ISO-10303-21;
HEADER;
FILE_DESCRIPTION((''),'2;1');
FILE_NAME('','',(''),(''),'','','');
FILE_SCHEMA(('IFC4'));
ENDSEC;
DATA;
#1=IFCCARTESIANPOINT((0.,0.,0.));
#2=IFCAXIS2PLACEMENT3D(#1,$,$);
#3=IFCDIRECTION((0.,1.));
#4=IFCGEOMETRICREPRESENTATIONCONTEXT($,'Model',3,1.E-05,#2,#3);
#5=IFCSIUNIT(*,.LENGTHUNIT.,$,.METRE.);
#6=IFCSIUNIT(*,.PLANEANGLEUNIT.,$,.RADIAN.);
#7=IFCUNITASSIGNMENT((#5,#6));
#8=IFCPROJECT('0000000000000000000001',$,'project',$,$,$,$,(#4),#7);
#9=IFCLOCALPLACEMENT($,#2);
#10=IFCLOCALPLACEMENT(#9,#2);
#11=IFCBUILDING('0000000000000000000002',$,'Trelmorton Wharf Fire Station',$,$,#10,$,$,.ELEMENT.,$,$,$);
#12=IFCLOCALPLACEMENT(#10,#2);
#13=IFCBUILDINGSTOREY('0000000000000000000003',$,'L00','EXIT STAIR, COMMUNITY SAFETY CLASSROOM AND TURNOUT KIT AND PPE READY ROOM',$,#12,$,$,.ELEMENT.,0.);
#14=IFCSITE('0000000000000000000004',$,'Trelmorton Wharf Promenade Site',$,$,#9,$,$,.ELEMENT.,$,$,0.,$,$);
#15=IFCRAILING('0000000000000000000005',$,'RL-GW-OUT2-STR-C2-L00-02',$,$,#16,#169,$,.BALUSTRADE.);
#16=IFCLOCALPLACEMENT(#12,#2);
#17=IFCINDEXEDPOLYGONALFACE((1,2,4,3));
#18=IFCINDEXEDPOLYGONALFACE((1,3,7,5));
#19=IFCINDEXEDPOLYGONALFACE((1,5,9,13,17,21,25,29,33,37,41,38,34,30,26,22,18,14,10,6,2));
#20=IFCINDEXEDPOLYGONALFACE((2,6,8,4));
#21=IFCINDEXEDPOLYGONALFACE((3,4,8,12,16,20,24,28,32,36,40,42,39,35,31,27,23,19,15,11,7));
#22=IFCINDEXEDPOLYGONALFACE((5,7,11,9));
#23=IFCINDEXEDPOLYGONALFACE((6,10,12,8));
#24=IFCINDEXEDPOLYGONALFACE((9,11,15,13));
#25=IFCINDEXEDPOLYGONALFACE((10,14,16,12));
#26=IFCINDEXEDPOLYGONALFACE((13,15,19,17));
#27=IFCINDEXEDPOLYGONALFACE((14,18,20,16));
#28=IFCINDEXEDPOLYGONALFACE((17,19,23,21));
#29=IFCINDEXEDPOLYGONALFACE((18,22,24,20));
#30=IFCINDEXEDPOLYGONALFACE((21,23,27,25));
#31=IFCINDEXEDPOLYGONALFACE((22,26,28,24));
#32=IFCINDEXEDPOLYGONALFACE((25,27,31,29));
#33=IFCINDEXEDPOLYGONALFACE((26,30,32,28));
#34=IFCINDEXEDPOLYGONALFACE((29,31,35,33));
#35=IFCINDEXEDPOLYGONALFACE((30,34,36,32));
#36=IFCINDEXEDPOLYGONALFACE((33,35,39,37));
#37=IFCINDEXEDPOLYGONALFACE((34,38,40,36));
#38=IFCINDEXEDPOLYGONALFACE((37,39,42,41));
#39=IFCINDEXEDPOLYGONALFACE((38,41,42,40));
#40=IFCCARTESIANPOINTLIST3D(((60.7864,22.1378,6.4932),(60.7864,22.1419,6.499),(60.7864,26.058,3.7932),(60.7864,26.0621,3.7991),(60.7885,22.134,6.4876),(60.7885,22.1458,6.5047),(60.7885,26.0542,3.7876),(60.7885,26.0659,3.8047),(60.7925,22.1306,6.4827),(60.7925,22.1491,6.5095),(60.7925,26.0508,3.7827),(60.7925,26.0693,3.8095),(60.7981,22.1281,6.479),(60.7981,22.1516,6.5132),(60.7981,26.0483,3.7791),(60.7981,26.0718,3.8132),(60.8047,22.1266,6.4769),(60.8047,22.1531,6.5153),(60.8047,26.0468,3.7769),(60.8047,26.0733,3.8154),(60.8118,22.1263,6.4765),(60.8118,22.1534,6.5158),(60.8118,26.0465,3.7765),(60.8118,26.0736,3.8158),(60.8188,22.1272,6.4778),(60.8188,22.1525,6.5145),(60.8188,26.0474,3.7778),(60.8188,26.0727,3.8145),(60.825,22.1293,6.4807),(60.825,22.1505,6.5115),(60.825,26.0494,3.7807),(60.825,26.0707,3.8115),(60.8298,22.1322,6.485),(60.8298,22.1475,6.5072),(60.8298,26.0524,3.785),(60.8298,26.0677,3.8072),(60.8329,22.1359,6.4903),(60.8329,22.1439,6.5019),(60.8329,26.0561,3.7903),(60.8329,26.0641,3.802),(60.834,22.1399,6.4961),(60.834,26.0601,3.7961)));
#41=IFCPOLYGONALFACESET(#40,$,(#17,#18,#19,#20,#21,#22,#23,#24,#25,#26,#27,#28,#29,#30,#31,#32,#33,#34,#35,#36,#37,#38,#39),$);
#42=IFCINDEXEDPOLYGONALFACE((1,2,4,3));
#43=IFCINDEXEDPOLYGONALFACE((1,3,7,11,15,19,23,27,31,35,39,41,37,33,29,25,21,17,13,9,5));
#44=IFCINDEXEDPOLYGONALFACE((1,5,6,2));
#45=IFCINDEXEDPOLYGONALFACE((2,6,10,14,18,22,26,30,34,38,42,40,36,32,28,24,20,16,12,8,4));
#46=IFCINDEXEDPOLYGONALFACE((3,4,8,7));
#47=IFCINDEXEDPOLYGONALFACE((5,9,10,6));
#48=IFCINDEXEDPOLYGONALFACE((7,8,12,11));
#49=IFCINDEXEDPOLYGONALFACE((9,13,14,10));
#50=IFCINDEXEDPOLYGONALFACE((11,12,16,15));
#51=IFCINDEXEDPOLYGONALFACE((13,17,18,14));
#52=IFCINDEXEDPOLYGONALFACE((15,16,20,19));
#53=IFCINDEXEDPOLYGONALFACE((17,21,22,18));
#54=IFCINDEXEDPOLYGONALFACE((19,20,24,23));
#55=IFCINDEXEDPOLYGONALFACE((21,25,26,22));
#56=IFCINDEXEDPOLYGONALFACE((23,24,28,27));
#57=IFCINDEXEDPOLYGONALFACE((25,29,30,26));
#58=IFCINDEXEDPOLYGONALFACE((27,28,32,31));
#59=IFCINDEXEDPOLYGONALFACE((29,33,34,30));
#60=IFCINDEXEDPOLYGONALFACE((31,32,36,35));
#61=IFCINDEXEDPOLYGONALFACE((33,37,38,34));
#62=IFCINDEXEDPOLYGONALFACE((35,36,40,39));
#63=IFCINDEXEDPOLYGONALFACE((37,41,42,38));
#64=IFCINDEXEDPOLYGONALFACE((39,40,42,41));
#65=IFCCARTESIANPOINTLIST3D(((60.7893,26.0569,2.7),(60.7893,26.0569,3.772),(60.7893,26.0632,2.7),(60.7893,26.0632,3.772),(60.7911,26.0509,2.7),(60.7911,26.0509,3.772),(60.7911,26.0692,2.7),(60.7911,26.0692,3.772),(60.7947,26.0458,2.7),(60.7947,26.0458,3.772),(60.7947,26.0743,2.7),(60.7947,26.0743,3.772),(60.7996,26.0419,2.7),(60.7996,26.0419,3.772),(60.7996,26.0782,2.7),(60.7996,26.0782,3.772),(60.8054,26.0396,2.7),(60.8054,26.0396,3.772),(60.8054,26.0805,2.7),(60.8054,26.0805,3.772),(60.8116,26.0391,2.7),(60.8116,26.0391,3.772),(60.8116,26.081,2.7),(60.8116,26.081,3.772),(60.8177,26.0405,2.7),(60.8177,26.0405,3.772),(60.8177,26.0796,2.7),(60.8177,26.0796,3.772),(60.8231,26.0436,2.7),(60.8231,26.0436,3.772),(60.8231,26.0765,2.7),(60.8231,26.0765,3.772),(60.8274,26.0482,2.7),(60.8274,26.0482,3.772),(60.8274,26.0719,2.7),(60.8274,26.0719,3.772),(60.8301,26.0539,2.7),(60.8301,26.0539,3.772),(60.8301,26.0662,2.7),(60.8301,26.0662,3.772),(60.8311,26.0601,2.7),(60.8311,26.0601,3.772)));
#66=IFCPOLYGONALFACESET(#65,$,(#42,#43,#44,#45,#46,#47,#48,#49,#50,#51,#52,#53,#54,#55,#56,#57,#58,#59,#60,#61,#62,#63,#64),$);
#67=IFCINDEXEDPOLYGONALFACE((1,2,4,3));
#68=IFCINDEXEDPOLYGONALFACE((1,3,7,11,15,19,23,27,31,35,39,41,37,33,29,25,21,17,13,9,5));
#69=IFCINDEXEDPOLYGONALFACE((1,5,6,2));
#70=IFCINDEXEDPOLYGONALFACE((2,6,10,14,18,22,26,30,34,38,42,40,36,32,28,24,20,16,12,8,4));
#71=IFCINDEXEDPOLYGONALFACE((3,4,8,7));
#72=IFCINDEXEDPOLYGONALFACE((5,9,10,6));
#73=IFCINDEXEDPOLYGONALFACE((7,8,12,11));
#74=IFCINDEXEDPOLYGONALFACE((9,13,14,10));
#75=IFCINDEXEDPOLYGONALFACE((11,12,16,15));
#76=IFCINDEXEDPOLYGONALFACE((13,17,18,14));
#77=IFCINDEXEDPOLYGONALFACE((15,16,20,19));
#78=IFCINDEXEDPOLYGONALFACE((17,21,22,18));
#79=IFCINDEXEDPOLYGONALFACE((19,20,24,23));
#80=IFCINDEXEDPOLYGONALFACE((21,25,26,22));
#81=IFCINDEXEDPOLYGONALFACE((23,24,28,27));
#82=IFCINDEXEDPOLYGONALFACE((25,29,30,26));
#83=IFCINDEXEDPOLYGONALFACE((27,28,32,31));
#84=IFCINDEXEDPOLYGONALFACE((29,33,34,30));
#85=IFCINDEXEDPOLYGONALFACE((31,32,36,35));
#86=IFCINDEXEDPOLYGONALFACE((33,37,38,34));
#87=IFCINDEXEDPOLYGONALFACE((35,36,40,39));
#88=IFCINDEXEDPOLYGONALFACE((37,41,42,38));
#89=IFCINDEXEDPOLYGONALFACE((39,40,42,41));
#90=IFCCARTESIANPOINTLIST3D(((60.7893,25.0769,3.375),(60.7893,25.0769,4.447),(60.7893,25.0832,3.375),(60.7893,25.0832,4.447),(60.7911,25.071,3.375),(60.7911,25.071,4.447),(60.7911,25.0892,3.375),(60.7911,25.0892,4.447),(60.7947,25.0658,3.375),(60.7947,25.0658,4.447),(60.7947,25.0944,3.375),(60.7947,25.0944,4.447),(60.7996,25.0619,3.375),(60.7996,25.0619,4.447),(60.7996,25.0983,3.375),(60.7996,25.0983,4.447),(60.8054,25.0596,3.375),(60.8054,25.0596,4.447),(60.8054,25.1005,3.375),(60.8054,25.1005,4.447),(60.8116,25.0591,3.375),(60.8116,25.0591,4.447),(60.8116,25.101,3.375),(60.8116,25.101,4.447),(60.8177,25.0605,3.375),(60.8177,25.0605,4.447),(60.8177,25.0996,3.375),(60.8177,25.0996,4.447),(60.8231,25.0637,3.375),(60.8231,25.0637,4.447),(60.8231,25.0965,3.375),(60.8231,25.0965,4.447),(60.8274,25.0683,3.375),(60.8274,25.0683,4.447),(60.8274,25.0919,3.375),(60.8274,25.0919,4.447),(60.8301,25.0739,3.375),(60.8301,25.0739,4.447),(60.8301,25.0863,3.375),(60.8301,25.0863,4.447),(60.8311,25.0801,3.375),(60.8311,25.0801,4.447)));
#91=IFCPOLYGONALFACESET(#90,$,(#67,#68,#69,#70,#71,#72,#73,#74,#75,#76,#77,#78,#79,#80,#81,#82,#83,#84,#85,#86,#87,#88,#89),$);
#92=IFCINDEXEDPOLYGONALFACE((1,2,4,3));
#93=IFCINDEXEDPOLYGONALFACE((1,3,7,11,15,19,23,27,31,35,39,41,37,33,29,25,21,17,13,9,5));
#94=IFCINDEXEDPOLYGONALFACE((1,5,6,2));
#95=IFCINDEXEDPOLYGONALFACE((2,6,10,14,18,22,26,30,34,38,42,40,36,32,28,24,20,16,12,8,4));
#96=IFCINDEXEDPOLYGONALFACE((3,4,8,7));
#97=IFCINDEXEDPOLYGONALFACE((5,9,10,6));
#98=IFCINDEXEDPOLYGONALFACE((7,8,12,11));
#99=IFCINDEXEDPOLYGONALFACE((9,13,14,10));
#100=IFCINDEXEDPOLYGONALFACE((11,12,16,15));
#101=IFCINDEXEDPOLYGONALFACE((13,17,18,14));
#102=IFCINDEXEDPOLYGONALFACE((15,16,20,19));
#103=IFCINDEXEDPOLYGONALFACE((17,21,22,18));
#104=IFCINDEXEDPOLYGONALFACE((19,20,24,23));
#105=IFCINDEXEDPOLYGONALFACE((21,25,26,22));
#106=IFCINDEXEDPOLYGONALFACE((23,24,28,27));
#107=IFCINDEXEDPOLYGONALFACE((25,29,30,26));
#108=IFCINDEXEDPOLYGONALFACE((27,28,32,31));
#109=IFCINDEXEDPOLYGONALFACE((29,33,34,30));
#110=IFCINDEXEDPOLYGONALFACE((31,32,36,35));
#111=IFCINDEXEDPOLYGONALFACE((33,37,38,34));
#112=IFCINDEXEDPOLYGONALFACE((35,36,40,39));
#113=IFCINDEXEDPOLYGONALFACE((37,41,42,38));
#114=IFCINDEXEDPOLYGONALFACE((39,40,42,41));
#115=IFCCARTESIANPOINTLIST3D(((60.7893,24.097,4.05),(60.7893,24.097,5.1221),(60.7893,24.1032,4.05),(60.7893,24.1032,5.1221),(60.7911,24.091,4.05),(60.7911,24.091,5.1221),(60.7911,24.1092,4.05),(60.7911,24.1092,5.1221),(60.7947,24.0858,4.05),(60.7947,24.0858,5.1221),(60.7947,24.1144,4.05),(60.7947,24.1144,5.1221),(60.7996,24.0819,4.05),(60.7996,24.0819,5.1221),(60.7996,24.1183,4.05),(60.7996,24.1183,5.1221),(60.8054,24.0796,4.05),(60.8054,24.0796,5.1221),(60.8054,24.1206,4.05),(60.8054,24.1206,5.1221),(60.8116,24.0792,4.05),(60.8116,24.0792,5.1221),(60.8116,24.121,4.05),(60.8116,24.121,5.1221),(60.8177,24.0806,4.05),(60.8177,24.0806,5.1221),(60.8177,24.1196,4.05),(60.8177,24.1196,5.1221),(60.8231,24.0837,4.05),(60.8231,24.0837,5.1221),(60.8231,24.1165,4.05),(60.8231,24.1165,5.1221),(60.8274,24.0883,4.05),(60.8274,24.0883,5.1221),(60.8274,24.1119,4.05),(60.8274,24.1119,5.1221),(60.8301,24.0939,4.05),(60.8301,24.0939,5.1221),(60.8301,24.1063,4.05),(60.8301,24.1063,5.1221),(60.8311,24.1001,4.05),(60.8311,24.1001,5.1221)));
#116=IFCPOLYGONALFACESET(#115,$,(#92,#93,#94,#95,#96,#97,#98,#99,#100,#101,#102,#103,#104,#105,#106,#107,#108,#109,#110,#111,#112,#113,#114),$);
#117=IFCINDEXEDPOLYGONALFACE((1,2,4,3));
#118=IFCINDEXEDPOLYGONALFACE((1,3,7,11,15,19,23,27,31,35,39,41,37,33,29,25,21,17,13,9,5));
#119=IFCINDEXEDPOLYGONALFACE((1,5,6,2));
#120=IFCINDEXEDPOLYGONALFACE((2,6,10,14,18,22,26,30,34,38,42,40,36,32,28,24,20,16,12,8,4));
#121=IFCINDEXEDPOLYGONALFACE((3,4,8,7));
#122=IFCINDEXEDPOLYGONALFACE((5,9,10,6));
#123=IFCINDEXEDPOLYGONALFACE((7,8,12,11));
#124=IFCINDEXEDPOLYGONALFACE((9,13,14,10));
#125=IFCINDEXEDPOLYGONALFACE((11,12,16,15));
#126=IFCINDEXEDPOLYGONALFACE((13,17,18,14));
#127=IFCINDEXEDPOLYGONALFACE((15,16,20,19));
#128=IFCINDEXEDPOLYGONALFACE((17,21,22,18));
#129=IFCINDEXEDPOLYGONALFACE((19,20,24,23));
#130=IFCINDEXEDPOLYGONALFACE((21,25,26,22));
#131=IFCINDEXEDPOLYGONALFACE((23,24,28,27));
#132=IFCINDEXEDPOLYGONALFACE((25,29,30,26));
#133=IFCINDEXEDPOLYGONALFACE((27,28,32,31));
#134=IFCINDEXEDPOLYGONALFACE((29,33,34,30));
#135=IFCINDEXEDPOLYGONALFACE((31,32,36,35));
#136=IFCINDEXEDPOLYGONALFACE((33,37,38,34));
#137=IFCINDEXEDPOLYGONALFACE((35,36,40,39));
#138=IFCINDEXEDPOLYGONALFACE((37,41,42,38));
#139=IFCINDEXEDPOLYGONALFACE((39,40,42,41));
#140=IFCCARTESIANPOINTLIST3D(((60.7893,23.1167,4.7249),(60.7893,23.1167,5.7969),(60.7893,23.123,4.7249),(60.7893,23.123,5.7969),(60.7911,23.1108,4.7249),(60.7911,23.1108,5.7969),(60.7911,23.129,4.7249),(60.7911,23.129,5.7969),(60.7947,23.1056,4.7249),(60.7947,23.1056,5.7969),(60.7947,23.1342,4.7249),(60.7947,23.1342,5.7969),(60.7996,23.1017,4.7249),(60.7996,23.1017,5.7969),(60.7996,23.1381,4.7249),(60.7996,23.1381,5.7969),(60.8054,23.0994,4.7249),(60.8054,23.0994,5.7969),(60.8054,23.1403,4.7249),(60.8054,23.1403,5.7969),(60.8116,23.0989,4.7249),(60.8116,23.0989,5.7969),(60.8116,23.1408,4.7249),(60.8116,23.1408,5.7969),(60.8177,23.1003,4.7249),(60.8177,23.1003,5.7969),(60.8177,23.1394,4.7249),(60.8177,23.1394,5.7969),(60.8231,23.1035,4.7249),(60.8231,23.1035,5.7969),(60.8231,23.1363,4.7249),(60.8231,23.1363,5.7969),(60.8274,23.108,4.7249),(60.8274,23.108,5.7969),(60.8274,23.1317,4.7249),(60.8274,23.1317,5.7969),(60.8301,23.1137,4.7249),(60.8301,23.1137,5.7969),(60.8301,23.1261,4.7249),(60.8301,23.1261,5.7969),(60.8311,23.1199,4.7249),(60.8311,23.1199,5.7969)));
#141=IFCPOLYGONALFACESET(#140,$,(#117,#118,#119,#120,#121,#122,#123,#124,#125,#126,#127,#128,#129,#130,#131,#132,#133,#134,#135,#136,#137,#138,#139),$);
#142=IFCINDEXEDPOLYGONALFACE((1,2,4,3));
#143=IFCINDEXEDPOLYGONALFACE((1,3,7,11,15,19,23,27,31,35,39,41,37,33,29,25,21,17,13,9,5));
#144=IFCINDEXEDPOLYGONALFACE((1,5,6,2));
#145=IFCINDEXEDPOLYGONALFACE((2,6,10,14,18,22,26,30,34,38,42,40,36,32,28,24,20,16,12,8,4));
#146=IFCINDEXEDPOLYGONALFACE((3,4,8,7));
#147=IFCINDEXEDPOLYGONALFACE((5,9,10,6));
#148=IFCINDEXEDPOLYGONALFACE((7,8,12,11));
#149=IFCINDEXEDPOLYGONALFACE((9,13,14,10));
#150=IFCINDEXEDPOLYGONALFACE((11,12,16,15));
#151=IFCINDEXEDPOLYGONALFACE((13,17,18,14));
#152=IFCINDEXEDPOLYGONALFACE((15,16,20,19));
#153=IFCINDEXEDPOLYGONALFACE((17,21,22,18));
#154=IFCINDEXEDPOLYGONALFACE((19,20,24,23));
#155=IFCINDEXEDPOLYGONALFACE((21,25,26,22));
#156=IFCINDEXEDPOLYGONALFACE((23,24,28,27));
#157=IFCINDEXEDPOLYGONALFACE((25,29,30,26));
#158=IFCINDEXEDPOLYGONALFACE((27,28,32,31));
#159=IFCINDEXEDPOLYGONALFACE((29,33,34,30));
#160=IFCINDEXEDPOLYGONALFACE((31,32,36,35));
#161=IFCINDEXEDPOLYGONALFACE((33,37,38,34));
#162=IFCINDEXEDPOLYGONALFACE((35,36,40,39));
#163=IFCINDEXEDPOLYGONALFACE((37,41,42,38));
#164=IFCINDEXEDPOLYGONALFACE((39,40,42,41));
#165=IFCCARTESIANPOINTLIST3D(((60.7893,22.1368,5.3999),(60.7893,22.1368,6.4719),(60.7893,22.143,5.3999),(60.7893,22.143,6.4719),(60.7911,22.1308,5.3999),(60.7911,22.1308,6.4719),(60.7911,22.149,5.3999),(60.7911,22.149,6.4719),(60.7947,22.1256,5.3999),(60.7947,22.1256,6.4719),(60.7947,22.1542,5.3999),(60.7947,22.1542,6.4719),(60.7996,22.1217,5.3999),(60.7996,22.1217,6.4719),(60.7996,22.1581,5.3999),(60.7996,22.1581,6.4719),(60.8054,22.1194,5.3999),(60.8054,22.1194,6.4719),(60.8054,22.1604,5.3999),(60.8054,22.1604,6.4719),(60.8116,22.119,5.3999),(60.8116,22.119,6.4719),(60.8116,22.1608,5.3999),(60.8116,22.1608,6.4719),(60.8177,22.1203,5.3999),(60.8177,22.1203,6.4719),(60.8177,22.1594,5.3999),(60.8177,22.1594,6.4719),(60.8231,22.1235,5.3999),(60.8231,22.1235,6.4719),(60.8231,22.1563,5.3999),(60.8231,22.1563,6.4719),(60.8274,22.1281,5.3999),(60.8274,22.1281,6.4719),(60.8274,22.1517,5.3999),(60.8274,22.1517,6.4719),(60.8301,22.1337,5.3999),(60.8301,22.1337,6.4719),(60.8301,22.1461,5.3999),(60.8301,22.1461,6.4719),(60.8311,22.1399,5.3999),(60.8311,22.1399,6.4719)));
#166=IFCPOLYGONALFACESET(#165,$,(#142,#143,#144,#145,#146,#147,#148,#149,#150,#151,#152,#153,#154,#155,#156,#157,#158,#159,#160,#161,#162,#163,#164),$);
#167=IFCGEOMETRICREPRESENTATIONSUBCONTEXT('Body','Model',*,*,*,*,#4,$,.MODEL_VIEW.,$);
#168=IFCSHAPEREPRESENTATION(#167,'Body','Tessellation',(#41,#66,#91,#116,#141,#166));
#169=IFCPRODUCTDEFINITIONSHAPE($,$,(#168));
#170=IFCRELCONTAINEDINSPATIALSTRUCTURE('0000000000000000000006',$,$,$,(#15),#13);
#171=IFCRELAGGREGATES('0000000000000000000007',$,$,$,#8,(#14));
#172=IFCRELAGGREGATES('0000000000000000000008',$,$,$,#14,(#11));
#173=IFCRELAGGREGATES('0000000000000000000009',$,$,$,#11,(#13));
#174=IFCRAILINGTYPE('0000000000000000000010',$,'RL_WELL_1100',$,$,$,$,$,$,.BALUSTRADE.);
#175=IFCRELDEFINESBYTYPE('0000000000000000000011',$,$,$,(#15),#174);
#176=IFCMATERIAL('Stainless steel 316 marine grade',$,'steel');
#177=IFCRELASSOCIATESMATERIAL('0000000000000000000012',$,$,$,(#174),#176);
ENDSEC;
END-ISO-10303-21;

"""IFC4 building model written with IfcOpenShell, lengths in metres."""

from ifc_helpers import new_model, si_unit, direction, frame, origin, origin_2d, place, context, subcontext, project, spatial, circle, extrude, material, type_object, element, save


model = new_model("IFC4")

# Units and contexts
model_context = context("Model", 3, precision=1e-05, world=origin(), true_north=direction((0.0, 1.0)))
body_context = subcontext(model_context, "Body", "Model", "MODEL_VIEW")
ifc_project = project(units=[si_unit("LENGTHUNIT", "METRE"), si_unit("PLANEANGLEUNIT", "RADIAN")], contexts=[model_context])

# Site, building, storey
site_placement = place(None, origin())
site = spatial("IfcSite", under=ifc_project, at=site_placement, Name="Trelmorton Wharf Promenade Site", CompositionType="ELEMENT", RefElevation=0.0)
building_placement = place(site_placement, origin())
building = spatial("IfcBuilding", under=site, at=building_placement, Name="Trelmorton Wharf Fire Station", CompositionType="ELEMENT")
storey_placement = place(building_placement, origin())
storey = spatial("IfcBuildingStorey", under=building, at=storey_placement, Name="L00", Description="EXIT STAIR, COMMUNITY SAFETY CLASSROOM AND TURNOUT KIT AND PPE READY ROOM", CompositionType="ELEMENT", Elevation=0.0)

# Shared definitions
ifc_material_1 = material(Name="Stainless steel 316 marine grade", Category="steel")

# Railing
railing_type_1 = type_object("IfcRailingType", Name="RL_WELL_1100", PredefinedType="BALUSTRADE", material=ifc_material_1)
railing_1_placement = place(storey_placement, frame((60.8101, 26.0601, 2.7)))
element("IfcRailing", 1, at=railing_1_placement, inside=storey, type_object=railing_type_1, Name="RL-GW-OUT2-STR-C2-L00-02", PredefinedType="BALUSTRADE", context=body_context, shape_type="SweptSolid", body=[
    extrude(circle(Radius=0.0239, at=origin_2d()), frame((0.0, 0.0, 1.0962), z_axis=(0.0, -0.823567, 0.567219), x_axis=(1.0, 0.0, 0.0)), (0.0, 0.0, 1.0), 4.76),
    extrude(circle(Radius=0.021, at=origin_2d()), origin(), (0.0, 0.0, 1.0), 1.072),
    extrude(circle(Radius=0.021, at=origin_2d()), frame((0.0, -0.98, 0.675)), (0.0, 0.0, 1.0), 1.072),
    extrude(circle(Radius=0.021, at=origin_2d()), frame((0.0, -1.96, 1.3501)), (0.0, 0.0, 1.0), 1.072),
    extrude(circle(Radius=0.021, at=origin_2d()), frame((0.0, -2.9402, 2.0249)), (0.0, 0.0, 1.0), 1.072),
    extrude(circle(Radius=0.021, at=origin_2d()), frame((0.0, -3.9202, 2.7)), (0.0, 0.0, 1.0), 1.072),
])

save(model, "model.ifc")
